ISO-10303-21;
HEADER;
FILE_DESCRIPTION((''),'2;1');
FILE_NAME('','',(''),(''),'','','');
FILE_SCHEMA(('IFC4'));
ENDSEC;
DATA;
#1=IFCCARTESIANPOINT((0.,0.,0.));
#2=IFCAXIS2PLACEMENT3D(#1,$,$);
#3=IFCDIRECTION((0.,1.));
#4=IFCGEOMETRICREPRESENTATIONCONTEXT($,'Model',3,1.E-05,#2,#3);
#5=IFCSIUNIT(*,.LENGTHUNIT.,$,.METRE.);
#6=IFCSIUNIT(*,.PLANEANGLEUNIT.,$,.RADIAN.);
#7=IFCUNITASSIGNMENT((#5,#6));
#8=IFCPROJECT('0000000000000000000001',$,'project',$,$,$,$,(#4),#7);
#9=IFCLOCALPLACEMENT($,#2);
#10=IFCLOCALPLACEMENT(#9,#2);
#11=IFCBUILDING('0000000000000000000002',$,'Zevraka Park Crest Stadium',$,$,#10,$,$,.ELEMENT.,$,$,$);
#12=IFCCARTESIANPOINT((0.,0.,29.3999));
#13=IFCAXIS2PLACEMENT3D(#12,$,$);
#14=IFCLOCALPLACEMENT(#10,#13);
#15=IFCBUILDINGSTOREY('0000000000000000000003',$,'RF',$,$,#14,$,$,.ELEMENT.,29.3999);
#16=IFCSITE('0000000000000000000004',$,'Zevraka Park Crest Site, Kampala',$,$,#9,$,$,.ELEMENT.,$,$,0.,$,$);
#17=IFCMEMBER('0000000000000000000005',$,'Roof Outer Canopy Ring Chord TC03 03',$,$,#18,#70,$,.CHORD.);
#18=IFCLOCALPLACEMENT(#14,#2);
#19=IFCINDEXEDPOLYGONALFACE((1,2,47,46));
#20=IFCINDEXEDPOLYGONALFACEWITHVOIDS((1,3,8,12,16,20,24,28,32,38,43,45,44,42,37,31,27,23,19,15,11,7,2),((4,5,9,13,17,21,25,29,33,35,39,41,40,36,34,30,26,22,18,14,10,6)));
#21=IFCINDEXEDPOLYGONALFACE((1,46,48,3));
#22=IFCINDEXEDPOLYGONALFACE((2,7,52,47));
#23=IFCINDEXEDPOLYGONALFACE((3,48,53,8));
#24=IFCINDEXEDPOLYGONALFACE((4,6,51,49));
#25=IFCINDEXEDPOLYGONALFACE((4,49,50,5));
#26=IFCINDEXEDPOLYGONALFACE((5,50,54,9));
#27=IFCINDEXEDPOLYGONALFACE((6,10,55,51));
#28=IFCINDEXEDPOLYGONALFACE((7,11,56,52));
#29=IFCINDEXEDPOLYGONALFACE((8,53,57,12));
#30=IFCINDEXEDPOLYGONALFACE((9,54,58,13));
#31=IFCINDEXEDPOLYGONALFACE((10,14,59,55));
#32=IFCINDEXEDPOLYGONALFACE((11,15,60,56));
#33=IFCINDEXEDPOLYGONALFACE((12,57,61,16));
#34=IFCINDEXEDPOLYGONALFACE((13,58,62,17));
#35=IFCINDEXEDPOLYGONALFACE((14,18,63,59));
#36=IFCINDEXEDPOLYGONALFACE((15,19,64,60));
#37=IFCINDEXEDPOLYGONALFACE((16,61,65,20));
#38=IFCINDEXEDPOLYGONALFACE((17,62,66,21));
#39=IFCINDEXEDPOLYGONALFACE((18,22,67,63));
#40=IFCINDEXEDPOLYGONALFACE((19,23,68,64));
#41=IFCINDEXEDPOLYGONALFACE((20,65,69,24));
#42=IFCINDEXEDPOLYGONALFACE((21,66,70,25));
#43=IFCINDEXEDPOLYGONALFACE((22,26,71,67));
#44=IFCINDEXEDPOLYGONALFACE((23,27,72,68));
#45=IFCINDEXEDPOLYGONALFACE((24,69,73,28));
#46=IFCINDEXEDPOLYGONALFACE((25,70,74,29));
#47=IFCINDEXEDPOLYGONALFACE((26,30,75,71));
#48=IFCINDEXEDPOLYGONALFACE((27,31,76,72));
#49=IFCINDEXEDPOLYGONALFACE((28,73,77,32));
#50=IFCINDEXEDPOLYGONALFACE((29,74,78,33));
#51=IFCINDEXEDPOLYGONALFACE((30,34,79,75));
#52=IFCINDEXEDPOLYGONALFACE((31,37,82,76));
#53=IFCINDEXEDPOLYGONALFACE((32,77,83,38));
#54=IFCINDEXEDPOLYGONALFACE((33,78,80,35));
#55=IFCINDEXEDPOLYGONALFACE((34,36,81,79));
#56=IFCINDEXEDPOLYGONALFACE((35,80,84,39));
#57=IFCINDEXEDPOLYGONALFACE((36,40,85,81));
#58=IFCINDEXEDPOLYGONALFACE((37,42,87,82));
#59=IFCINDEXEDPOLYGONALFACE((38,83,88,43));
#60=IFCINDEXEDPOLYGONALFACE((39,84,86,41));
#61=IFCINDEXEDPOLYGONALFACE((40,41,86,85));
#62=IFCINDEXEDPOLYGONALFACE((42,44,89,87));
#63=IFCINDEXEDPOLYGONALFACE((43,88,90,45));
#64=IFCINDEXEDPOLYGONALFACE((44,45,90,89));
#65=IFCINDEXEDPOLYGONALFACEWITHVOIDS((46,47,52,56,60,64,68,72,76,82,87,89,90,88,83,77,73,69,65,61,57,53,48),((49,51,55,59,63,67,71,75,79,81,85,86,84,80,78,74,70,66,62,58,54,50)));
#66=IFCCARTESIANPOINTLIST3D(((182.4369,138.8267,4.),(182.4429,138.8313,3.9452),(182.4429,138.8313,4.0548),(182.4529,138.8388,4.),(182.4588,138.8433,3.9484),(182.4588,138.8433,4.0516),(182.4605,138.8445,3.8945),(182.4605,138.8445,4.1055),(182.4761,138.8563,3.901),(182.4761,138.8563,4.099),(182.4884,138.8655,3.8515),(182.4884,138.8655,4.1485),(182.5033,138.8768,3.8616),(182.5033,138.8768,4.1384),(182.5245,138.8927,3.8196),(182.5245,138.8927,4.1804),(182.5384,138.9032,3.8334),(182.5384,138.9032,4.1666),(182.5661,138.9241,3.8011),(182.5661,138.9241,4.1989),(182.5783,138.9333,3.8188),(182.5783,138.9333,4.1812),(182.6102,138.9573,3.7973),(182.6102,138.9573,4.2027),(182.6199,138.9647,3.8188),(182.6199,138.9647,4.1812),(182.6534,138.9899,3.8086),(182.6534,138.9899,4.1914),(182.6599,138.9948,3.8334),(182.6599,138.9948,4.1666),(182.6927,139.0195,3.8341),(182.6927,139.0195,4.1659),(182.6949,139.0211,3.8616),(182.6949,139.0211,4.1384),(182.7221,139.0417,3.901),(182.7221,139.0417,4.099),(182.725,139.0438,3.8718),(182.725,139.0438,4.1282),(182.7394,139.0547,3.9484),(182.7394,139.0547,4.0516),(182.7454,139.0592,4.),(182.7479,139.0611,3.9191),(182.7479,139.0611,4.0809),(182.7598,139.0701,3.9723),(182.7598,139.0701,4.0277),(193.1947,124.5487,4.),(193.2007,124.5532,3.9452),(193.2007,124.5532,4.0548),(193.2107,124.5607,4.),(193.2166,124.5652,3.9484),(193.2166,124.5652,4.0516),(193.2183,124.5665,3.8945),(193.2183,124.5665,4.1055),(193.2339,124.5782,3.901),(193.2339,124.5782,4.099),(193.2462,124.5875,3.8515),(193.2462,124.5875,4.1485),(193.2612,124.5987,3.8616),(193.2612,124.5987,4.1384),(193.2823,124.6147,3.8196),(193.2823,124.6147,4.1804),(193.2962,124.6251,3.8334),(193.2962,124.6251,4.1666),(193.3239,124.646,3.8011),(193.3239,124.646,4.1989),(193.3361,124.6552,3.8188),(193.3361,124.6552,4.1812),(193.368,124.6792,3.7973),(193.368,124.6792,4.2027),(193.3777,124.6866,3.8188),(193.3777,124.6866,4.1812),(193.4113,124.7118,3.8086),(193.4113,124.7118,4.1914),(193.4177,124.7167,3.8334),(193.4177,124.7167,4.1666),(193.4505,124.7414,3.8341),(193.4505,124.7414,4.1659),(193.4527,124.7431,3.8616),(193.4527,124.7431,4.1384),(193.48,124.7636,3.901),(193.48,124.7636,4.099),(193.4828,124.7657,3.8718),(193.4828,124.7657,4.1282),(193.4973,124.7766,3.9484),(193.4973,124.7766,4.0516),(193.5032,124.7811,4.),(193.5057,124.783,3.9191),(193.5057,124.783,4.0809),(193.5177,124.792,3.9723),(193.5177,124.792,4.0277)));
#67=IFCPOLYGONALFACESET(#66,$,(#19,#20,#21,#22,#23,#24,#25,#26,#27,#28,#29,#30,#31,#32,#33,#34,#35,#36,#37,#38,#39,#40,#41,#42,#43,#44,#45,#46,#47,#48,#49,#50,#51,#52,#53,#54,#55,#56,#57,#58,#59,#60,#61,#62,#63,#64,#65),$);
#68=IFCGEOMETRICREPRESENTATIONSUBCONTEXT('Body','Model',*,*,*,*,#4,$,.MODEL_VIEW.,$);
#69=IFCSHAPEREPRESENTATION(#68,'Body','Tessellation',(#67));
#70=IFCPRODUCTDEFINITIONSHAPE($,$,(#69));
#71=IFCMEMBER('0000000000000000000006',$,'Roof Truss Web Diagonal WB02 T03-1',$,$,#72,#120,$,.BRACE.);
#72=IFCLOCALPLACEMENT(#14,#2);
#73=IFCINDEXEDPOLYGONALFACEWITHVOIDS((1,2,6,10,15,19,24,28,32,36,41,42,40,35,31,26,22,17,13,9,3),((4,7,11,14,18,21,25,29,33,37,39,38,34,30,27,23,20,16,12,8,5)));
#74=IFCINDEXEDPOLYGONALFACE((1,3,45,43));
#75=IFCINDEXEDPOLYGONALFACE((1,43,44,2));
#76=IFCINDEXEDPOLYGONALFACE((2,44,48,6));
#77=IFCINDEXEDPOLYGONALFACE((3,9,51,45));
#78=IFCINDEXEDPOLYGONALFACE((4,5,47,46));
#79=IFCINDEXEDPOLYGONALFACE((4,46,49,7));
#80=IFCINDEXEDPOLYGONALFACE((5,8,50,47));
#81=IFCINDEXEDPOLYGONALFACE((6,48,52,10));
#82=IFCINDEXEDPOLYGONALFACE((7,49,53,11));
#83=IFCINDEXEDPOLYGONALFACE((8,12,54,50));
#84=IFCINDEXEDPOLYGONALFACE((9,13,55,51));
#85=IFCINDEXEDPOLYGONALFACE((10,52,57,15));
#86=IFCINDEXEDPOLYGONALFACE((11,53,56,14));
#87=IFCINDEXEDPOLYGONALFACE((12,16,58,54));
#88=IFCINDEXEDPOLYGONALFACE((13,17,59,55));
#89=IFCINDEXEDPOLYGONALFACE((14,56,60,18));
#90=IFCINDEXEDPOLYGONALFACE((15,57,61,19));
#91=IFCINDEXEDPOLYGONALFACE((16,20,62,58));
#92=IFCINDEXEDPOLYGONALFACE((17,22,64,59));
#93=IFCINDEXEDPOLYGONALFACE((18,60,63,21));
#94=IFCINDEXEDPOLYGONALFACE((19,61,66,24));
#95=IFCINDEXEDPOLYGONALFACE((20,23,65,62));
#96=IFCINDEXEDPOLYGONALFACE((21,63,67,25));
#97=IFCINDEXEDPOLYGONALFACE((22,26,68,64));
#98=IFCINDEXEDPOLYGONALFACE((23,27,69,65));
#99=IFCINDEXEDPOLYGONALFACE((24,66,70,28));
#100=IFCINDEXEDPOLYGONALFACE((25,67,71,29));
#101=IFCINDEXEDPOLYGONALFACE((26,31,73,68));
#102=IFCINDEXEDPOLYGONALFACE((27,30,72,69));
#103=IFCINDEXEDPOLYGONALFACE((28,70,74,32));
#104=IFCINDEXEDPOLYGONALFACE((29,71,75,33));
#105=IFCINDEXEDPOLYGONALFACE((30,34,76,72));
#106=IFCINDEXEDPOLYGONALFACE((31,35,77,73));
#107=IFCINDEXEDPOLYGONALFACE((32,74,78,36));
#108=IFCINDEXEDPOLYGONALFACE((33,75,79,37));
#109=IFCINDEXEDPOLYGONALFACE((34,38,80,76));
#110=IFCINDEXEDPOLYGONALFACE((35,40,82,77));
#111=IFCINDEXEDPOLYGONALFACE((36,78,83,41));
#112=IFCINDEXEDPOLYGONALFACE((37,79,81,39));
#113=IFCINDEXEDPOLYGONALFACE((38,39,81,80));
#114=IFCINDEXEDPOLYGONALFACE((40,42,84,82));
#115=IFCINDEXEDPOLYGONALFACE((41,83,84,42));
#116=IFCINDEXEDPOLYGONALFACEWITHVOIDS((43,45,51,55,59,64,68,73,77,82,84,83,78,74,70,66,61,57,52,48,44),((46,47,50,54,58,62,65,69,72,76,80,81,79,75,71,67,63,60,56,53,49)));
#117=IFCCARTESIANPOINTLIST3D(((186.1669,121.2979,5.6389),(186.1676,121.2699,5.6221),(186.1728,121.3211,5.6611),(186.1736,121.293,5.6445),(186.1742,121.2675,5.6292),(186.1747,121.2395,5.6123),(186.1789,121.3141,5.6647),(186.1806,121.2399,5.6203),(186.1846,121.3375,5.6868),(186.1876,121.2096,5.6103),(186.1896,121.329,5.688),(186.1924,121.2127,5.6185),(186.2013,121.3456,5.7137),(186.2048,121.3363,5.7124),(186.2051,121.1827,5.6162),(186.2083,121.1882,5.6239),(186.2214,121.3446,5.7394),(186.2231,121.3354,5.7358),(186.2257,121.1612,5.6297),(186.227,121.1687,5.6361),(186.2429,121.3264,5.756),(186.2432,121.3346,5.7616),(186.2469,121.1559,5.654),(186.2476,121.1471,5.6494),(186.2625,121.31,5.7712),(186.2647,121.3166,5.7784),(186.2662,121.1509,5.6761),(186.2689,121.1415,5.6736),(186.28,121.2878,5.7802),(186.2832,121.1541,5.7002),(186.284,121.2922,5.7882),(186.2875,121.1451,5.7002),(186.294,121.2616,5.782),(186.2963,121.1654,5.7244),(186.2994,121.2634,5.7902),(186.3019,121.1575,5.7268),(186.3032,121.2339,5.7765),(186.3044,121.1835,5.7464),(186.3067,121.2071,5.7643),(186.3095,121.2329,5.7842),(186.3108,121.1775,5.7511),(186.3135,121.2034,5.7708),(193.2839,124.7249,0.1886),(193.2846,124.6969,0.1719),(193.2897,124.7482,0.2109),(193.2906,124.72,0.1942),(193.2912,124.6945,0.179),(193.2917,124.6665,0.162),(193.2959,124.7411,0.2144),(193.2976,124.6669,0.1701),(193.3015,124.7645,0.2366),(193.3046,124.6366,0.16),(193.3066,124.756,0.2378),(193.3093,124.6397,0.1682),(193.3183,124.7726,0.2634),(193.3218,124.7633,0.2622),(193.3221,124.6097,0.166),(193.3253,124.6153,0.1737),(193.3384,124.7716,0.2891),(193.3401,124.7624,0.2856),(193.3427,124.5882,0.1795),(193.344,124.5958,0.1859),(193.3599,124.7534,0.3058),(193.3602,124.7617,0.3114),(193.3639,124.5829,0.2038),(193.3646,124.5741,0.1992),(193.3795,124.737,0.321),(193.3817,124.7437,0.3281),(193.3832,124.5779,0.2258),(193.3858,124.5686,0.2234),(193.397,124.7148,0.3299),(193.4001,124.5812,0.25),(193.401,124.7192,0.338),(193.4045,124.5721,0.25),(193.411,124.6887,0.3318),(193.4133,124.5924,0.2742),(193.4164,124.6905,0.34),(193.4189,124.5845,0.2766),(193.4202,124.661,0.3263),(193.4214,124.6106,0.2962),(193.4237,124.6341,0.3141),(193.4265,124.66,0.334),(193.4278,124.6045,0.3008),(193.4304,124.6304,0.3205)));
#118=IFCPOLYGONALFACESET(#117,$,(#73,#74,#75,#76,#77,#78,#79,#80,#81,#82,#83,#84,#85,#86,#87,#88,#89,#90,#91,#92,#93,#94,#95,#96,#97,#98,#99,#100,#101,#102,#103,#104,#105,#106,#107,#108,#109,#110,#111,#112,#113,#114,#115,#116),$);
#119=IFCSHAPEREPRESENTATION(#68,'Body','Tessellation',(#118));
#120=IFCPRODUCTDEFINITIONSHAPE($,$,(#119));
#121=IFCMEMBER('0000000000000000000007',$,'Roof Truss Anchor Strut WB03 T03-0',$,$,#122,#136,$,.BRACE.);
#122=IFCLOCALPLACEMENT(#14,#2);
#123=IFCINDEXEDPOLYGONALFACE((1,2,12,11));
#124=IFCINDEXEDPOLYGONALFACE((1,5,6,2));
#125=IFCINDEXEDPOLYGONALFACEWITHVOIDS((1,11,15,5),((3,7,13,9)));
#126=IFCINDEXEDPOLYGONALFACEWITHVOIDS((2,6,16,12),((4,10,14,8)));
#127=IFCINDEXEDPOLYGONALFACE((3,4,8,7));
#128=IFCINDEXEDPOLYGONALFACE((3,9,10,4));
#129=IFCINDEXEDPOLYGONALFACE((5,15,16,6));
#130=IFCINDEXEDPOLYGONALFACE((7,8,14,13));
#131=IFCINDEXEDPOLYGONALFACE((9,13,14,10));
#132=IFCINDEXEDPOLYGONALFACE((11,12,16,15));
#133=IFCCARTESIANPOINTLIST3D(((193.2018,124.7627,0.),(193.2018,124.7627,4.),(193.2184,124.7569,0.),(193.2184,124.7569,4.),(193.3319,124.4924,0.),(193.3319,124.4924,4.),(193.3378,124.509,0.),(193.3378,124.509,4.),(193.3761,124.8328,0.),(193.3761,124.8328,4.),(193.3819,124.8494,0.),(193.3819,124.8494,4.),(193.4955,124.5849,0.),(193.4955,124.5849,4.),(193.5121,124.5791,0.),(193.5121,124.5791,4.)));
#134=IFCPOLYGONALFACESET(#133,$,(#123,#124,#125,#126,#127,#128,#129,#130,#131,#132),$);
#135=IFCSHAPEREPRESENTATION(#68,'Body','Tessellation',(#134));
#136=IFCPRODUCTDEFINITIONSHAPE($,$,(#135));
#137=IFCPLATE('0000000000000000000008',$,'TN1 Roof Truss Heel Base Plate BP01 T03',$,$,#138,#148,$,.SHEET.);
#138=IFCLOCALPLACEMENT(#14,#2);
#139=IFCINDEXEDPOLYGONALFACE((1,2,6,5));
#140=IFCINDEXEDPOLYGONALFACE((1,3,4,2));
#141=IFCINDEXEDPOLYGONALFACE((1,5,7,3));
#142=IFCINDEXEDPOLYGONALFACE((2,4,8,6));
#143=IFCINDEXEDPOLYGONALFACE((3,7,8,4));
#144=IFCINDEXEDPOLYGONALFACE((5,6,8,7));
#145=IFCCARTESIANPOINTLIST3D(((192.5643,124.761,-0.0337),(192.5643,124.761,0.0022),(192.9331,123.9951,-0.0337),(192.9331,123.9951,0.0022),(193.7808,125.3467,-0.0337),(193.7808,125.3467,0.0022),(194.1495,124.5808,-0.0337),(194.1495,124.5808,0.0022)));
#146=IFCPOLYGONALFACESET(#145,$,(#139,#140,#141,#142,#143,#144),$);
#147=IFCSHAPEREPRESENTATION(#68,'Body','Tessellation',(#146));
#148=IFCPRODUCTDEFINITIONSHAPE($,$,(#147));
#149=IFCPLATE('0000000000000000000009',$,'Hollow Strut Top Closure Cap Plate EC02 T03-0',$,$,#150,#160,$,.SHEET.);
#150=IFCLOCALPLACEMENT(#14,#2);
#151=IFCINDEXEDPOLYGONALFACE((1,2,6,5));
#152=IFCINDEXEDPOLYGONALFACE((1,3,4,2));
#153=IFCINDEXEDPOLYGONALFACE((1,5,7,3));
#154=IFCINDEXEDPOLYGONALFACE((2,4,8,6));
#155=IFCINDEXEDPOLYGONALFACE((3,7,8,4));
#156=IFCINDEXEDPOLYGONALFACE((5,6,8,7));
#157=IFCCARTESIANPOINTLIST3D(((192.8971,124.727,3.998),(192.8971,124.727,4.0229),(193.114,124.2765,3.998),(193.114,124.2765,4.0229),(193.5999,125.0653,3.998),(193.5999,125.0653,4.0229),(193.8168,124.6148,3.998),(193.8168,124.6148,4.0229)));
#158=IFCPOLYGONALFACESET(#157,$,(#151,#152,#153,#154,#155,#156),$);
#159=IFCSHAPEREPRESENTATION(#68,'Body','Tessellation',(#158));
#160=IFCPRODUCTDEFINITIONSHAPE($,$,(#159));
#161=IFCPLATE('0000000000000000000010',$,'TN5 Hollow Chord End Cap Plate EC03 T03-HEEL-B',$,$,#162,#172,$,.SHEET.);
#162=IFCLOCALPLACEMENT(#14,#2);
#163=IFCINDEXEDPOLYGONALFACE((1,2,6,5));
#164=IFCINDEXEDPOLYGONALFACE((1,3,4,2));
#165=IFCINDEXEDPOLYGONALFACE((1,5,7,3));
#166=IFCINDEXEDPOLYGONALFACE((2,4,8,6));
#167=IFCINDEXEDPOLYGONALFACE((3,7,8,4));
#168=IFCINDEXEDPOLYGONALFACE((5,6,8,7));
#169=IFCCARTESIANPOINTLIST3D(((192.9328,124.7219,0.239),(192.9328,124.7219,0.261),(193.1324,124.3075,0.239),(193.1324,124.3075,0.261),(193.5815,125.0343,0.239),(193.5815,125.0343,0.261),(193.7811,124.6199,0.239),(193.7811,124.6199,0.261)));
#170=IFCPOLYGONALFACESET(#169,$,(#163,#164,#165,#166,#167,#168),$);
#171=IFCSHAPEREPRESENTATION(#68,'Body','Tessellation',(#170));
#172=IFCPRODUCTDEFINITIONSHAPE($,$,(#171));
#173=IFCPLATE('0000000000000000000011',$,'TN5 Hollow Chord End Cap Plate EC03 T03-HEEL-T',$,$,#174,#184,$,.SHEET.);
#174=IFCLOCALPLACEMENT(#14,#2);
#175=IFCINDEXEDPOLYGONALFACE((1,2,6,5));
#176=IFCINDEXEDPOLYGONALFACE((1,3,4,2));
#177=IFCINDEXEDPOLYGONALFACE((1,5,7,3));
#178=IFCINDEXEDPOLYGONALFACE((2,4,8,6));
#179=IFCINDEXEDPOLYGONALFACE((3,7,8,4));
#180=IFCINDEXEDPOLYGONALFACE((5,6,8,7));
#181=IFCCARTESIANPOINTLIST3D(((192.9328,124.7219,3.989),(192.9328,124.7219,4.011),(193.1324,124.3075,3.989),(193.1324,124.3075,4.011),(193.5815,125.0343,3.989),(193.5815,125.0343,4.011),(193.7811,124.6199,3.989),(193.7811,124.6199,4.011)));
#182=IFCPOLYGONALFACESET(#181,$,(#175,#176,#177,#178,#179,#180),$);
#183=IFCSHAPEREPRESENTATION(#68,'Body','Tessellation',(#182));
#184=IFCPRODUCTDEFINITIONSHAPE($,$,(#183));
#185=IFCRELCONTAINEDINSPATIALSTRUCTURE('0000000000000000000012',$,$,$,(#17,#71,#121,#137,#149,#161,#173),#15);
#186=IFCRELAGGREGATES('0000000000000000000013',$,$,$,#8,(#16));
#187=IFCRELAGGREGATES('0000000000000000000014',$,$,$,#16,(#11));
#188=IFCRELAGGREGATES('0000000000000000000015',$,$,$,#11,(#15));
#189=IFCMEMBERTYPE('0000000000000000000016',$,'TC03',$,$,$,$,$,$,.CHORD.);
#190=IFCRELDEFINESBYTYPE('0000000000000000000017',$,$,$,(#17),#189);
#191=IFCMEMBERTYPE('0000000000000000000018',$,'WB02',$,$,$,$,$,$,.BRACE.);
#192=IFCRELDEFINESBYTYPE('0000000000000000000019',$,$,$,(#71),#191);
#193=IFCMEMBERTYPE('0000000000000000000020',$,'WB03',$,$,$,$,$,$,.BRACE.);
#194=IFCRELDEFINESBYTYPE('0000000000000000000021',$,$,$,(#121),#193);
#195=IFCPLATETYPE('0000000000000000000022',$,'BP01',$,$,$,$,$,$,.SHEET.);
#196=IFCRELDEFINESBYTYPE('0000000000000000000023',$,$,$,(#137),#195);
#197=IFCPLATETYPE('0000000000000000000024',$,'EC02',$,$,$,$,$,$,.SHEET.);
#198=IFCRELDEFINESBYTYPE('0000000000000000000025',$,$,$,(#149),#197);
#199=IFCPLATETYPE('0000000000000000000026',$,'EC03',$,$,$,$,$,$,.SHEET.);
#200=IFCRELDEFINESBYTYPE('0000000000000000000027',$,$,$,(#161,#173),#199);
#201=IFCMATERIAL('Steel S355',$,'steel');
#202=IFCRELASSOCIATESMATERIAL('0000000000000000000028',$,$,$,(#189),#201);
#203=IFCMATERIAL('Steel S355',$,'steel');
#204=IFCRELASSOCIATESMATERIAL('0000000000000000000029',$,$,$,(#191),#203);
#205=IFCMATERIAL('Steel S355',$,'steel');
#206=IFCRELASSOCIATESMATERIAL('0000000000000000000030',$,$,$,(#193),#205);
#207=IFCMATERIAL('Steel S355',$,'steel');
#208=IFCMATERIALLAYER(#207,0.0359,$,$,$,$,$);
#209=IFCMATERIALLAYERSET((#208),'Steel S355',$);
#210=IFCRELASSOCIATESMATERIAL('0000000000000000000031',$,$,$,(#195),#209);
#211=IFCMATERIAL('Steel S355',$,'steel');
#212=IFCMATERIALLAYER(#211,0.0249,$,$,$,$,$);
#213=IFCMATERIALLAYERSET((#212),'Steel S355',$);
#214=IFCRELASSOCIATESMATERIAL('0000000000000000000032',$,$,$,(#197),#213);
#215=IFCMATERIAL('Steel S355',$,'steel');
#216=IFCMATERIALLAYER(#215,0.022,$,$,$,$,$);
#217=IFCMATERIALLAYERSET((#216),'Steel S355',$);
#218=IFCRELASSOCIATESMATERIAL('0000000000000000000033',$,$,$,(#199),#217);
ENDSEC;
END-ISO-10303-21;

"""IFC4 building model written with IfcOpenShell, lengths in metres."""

from ifc_helpers import new_model, si_unit, direction, frame, origin, origin_2d, place, context, subcontext, project, spatial, rectangle, hollow_rectangle, hollow_circle, extrude, material, layer, layer_set, material_profile, profile_set, type_object, element, save


model = new_model("IFC4")

# Units and contexts
model_context = context("Model", 3, precision=1e-05, world=origin(), true_north=direction((0.0, 1.0)))
body_context = subcontext(model_context, "Body", "Model", "MODEL_VIEW")
ifc_project = project(units=[si_unit("LENGTHUNIT", "METRE"), si_unit("PLANEANGLEUNIT", "RADIAN")], contexts=[model_context])

# Site, building, storey
site_placement = place(None, origin())
site = spatial("IfcSite", under=ifc_project, at=site_placement, Name="Zevraka Park Crest Site, Kampala", CompositionType="ELEMENT", RefElevation=0.0)
building_placement = place(site_placement, origin())
building = spatial("IfcBuilding", under=site, at=building_placement, Name="Zevraka Park Crest Stadium", CompositionType="ELEMENT")
storey_placement = place(building_placement, frame((0.0, 0.0, 29.3999)))
storey = spatial("IfcBuildingStorey", under=building, at=storey_placement, Name="RF", CompositionType="ELEMENT", Elevation=29.3999)

# Members
ifc_material_1 = material(Name="Steel S355", Category="steel")
ifc_material_profile_1 = material_profile(ifc_material_1, hollow_circle(Radius=0.2031, WallThickness=0.02, at=origin_2d()), Name="CHS 406.4x20")
ifc_profile_set_1 = profile_set([ifc_material_profile_1], Name="Steel S355")
member_type_1 = type_object("IfcMemberType", Name="TC03", PredefinedType="CHORD", material=ifc_profile_set_1)
member_1_placement = place(storey_placement, frame((193.3569, 124.6709, 4.0), z_axis=(-0.601762, 0.798676, 0.0), x_axis=(-0.798676, -0.601762, 0.0)))
element("IfcMember", 1, at=member_1_placement, inside=storey, type_object=member_type_1, Name="Roof Outer Canopy Ring Chord TC03 03", PredefinedType="CHORD", context=body_context, shape_type="SweptSolid", body=[
    extrude(hollow_circle(Radius=0.2031, WallThickness=0.02, at=origin_2d()), origin(), (0.0, 0.0, 1.0), 17.8772),
])
ifc_material_2 = material(Name="Steel S355", Category="steel")
ifc_material_profile_2 = material_profile(ifc_material_2, hollow_circle(Radius=0.1096, WallThickness=0.01, at=origin_2d()), Name="CHS 219.1x10")
ifc_profile_set_2 = profile_set([ifc_material_profile_2], Name="Steel S355")
member_type_2 = type_object("IfcMemberType", Name="WB02", PredefinedType="BRACE", material=ifc_profile_set_2)
member_2_placement = place(storey_placement, frame((193.3569, 124.6709, 0.25), z_axis=(-0.74159, -0.357096, 0.567914), x_axis=(0.433849, -0.900986, 0.0)))
element("IfcMember", 2, at=member_2_placement, inside=storey, type_object=member_type_2, Name="Roof Truss Web Diagonal WB02 T03-1", PredefinedType="BRACE", context=body_context, shape_type="SweptSolid", body=[
    extrude(hollow_circle(Radius=0.1096, WallThickness=0.01, at=origin_2d()), origin(), (0.0, 0.0, 1.0), 9.5969),
])
ifc_material_3 = material(Name="Steel S355", Category="steel")
ifc_material_profile_3 = material_profile(ifc_material_3, hollow_rectangle(XDim=0.2, YDim=0.3, WallThickness=0.0125, at=origin_2d()), Name="RHS 300x200x12.5")
ifc_profile_set_3 = profile_set([ifc_material_profile_3], Name="Steel S355")
member_type_3 = type_object("IfcMemberType", Name="WB03", PredefinedType="BRACE", material=ifc_profile_set_3)
member_3_placement = place(storey_placement, frame((193.3569, 124.6709, 0.0), z_axis=(0.0, 0.0, 1.0), x_axis=(0.901001, 0.433816, 0.0)))
element("IfcMember", 3, at=member_3_placement, inside=storey, type_object=member_type_3, Name="Roof Truss Anchor Strut WB03 T03-0", PredefinedType="BRACE", context=body_context, shape_type="SweptSolid", body=[
    extrude(hollow_rectangle(XDim=0.2, YDim=0.3, WallThickness=0.0125, at=origin_2d()), origin(), (0.0, 0.0, 1.0), 4.0),
])

# Plates
ifc_material_4 = material(Name="Steel S355", Category="steel")
ifc_layer_1 = layer(ifc_material_4, 0.0359)
ifc_layer_set_1 = layer_set([ifc_layer_1], Name="Steel S355")
plate_type_1 = type_object("IfcPlateType", Name="BP01", PredefinedType="SHEET", material=ifc_layer_set_1)
plate_1_placement = place(storey_placement, frame((193.3569, 124.6709, -0.0337), z_axis=(0.0, 0.0, 1.0), x_axis=(0.901001, 0.433816, 0.0)))
element("IfcPlate", 4, at=plate_1_placement, inside=storey, type_object=plate_type_1, Name="TN1 Roof Truss Heel Base Plate BP01 T03", PredefinedType="SHEET", context=body_context, shape_type="SweptSolid", body=[
    extrude(rectangle(XDim=1.3501, YDim=0.8501, at=origin_2d()), origin(), (0.0, 0.0, 1.0), 0.0359),
])
ifc_material_5 = material(Name="Steel S355", Category="steel")
ifc_layer_2 = layer(ifc_material_5, 0.0249)
ifc_layer_set_2 = layer_set([ifc_layer_2], Name="Steel S355")
plate_type_2 = type_object("IfcPlateType", Name="EC02", PredefinedType="SHEET", material=ifc_layer_set_2)
plate_2_placement = place(storey_placement, frame((193.3569, 124.6709, 3.998), z_axis=(0.0, 0.0, 1.0), x_axis=(0.901001, 0.433816, 0.0)))
element("IfcPlate", 5, at=plate_2_placement, inside=storey, type_object=plate_type_2, Name="Hollow Strut Top Closure Cap Plate EC02 T03-0", PredefinedType="SHEET", context=body_context, shape_type="SweptSolid", body=[
    extrude(rectangle(XDim=0.78, YDim=0.5, at=origin_2d()), origin(), (0.0, 0.0, 1.0), 0.0249),
])
ifc_material_6 = material(Name="Steel S355", Category="steel")
ifc_layer_3 = layer(ifc_material_6, 0.022)
ifc_layer_set_3 = layer_set([ifc_layer_3], Name="Steel S355")
plate_type_3 = type_object("IfcPlateType", Name="EC03", PredefinedType="SHEET", material=ifc_layer_set_3)
for number, where, z_axis, x_axis, name in (
    (6, (193.3569, 124.6709, 0.239), (0.0, 0.0, 1.0), (0.901001, 0.433816, 0.0), "TN5 Hollow Chord End Cap Plate EC03 T03-HEEL-B"),
    (7, (193.3569, 124.6709, 3.989), (0.0, 0.0, 1.0), (0.901001, 0.433816, 0.0), "TN5 Hollow Chord End Cap Plate EC03 T03-HEEL-T"),
):
    element("IfcPlate", number, at=place(storey_placement, frame(where, z_axis=z_axis, x_axis=x_axis)), inside=storey, type_object=plate_type_3, Name=name, PredefinedType="SHEET", context=body_context, shape_type="SweptSolid", body=[
        extrude(rectangle(XDim=0.72, YDim=0.46, at=origin_2d()), origin(), (0.0, 0.0, 1.0), 0.022),
    ])

save(model, "model.ifc")
